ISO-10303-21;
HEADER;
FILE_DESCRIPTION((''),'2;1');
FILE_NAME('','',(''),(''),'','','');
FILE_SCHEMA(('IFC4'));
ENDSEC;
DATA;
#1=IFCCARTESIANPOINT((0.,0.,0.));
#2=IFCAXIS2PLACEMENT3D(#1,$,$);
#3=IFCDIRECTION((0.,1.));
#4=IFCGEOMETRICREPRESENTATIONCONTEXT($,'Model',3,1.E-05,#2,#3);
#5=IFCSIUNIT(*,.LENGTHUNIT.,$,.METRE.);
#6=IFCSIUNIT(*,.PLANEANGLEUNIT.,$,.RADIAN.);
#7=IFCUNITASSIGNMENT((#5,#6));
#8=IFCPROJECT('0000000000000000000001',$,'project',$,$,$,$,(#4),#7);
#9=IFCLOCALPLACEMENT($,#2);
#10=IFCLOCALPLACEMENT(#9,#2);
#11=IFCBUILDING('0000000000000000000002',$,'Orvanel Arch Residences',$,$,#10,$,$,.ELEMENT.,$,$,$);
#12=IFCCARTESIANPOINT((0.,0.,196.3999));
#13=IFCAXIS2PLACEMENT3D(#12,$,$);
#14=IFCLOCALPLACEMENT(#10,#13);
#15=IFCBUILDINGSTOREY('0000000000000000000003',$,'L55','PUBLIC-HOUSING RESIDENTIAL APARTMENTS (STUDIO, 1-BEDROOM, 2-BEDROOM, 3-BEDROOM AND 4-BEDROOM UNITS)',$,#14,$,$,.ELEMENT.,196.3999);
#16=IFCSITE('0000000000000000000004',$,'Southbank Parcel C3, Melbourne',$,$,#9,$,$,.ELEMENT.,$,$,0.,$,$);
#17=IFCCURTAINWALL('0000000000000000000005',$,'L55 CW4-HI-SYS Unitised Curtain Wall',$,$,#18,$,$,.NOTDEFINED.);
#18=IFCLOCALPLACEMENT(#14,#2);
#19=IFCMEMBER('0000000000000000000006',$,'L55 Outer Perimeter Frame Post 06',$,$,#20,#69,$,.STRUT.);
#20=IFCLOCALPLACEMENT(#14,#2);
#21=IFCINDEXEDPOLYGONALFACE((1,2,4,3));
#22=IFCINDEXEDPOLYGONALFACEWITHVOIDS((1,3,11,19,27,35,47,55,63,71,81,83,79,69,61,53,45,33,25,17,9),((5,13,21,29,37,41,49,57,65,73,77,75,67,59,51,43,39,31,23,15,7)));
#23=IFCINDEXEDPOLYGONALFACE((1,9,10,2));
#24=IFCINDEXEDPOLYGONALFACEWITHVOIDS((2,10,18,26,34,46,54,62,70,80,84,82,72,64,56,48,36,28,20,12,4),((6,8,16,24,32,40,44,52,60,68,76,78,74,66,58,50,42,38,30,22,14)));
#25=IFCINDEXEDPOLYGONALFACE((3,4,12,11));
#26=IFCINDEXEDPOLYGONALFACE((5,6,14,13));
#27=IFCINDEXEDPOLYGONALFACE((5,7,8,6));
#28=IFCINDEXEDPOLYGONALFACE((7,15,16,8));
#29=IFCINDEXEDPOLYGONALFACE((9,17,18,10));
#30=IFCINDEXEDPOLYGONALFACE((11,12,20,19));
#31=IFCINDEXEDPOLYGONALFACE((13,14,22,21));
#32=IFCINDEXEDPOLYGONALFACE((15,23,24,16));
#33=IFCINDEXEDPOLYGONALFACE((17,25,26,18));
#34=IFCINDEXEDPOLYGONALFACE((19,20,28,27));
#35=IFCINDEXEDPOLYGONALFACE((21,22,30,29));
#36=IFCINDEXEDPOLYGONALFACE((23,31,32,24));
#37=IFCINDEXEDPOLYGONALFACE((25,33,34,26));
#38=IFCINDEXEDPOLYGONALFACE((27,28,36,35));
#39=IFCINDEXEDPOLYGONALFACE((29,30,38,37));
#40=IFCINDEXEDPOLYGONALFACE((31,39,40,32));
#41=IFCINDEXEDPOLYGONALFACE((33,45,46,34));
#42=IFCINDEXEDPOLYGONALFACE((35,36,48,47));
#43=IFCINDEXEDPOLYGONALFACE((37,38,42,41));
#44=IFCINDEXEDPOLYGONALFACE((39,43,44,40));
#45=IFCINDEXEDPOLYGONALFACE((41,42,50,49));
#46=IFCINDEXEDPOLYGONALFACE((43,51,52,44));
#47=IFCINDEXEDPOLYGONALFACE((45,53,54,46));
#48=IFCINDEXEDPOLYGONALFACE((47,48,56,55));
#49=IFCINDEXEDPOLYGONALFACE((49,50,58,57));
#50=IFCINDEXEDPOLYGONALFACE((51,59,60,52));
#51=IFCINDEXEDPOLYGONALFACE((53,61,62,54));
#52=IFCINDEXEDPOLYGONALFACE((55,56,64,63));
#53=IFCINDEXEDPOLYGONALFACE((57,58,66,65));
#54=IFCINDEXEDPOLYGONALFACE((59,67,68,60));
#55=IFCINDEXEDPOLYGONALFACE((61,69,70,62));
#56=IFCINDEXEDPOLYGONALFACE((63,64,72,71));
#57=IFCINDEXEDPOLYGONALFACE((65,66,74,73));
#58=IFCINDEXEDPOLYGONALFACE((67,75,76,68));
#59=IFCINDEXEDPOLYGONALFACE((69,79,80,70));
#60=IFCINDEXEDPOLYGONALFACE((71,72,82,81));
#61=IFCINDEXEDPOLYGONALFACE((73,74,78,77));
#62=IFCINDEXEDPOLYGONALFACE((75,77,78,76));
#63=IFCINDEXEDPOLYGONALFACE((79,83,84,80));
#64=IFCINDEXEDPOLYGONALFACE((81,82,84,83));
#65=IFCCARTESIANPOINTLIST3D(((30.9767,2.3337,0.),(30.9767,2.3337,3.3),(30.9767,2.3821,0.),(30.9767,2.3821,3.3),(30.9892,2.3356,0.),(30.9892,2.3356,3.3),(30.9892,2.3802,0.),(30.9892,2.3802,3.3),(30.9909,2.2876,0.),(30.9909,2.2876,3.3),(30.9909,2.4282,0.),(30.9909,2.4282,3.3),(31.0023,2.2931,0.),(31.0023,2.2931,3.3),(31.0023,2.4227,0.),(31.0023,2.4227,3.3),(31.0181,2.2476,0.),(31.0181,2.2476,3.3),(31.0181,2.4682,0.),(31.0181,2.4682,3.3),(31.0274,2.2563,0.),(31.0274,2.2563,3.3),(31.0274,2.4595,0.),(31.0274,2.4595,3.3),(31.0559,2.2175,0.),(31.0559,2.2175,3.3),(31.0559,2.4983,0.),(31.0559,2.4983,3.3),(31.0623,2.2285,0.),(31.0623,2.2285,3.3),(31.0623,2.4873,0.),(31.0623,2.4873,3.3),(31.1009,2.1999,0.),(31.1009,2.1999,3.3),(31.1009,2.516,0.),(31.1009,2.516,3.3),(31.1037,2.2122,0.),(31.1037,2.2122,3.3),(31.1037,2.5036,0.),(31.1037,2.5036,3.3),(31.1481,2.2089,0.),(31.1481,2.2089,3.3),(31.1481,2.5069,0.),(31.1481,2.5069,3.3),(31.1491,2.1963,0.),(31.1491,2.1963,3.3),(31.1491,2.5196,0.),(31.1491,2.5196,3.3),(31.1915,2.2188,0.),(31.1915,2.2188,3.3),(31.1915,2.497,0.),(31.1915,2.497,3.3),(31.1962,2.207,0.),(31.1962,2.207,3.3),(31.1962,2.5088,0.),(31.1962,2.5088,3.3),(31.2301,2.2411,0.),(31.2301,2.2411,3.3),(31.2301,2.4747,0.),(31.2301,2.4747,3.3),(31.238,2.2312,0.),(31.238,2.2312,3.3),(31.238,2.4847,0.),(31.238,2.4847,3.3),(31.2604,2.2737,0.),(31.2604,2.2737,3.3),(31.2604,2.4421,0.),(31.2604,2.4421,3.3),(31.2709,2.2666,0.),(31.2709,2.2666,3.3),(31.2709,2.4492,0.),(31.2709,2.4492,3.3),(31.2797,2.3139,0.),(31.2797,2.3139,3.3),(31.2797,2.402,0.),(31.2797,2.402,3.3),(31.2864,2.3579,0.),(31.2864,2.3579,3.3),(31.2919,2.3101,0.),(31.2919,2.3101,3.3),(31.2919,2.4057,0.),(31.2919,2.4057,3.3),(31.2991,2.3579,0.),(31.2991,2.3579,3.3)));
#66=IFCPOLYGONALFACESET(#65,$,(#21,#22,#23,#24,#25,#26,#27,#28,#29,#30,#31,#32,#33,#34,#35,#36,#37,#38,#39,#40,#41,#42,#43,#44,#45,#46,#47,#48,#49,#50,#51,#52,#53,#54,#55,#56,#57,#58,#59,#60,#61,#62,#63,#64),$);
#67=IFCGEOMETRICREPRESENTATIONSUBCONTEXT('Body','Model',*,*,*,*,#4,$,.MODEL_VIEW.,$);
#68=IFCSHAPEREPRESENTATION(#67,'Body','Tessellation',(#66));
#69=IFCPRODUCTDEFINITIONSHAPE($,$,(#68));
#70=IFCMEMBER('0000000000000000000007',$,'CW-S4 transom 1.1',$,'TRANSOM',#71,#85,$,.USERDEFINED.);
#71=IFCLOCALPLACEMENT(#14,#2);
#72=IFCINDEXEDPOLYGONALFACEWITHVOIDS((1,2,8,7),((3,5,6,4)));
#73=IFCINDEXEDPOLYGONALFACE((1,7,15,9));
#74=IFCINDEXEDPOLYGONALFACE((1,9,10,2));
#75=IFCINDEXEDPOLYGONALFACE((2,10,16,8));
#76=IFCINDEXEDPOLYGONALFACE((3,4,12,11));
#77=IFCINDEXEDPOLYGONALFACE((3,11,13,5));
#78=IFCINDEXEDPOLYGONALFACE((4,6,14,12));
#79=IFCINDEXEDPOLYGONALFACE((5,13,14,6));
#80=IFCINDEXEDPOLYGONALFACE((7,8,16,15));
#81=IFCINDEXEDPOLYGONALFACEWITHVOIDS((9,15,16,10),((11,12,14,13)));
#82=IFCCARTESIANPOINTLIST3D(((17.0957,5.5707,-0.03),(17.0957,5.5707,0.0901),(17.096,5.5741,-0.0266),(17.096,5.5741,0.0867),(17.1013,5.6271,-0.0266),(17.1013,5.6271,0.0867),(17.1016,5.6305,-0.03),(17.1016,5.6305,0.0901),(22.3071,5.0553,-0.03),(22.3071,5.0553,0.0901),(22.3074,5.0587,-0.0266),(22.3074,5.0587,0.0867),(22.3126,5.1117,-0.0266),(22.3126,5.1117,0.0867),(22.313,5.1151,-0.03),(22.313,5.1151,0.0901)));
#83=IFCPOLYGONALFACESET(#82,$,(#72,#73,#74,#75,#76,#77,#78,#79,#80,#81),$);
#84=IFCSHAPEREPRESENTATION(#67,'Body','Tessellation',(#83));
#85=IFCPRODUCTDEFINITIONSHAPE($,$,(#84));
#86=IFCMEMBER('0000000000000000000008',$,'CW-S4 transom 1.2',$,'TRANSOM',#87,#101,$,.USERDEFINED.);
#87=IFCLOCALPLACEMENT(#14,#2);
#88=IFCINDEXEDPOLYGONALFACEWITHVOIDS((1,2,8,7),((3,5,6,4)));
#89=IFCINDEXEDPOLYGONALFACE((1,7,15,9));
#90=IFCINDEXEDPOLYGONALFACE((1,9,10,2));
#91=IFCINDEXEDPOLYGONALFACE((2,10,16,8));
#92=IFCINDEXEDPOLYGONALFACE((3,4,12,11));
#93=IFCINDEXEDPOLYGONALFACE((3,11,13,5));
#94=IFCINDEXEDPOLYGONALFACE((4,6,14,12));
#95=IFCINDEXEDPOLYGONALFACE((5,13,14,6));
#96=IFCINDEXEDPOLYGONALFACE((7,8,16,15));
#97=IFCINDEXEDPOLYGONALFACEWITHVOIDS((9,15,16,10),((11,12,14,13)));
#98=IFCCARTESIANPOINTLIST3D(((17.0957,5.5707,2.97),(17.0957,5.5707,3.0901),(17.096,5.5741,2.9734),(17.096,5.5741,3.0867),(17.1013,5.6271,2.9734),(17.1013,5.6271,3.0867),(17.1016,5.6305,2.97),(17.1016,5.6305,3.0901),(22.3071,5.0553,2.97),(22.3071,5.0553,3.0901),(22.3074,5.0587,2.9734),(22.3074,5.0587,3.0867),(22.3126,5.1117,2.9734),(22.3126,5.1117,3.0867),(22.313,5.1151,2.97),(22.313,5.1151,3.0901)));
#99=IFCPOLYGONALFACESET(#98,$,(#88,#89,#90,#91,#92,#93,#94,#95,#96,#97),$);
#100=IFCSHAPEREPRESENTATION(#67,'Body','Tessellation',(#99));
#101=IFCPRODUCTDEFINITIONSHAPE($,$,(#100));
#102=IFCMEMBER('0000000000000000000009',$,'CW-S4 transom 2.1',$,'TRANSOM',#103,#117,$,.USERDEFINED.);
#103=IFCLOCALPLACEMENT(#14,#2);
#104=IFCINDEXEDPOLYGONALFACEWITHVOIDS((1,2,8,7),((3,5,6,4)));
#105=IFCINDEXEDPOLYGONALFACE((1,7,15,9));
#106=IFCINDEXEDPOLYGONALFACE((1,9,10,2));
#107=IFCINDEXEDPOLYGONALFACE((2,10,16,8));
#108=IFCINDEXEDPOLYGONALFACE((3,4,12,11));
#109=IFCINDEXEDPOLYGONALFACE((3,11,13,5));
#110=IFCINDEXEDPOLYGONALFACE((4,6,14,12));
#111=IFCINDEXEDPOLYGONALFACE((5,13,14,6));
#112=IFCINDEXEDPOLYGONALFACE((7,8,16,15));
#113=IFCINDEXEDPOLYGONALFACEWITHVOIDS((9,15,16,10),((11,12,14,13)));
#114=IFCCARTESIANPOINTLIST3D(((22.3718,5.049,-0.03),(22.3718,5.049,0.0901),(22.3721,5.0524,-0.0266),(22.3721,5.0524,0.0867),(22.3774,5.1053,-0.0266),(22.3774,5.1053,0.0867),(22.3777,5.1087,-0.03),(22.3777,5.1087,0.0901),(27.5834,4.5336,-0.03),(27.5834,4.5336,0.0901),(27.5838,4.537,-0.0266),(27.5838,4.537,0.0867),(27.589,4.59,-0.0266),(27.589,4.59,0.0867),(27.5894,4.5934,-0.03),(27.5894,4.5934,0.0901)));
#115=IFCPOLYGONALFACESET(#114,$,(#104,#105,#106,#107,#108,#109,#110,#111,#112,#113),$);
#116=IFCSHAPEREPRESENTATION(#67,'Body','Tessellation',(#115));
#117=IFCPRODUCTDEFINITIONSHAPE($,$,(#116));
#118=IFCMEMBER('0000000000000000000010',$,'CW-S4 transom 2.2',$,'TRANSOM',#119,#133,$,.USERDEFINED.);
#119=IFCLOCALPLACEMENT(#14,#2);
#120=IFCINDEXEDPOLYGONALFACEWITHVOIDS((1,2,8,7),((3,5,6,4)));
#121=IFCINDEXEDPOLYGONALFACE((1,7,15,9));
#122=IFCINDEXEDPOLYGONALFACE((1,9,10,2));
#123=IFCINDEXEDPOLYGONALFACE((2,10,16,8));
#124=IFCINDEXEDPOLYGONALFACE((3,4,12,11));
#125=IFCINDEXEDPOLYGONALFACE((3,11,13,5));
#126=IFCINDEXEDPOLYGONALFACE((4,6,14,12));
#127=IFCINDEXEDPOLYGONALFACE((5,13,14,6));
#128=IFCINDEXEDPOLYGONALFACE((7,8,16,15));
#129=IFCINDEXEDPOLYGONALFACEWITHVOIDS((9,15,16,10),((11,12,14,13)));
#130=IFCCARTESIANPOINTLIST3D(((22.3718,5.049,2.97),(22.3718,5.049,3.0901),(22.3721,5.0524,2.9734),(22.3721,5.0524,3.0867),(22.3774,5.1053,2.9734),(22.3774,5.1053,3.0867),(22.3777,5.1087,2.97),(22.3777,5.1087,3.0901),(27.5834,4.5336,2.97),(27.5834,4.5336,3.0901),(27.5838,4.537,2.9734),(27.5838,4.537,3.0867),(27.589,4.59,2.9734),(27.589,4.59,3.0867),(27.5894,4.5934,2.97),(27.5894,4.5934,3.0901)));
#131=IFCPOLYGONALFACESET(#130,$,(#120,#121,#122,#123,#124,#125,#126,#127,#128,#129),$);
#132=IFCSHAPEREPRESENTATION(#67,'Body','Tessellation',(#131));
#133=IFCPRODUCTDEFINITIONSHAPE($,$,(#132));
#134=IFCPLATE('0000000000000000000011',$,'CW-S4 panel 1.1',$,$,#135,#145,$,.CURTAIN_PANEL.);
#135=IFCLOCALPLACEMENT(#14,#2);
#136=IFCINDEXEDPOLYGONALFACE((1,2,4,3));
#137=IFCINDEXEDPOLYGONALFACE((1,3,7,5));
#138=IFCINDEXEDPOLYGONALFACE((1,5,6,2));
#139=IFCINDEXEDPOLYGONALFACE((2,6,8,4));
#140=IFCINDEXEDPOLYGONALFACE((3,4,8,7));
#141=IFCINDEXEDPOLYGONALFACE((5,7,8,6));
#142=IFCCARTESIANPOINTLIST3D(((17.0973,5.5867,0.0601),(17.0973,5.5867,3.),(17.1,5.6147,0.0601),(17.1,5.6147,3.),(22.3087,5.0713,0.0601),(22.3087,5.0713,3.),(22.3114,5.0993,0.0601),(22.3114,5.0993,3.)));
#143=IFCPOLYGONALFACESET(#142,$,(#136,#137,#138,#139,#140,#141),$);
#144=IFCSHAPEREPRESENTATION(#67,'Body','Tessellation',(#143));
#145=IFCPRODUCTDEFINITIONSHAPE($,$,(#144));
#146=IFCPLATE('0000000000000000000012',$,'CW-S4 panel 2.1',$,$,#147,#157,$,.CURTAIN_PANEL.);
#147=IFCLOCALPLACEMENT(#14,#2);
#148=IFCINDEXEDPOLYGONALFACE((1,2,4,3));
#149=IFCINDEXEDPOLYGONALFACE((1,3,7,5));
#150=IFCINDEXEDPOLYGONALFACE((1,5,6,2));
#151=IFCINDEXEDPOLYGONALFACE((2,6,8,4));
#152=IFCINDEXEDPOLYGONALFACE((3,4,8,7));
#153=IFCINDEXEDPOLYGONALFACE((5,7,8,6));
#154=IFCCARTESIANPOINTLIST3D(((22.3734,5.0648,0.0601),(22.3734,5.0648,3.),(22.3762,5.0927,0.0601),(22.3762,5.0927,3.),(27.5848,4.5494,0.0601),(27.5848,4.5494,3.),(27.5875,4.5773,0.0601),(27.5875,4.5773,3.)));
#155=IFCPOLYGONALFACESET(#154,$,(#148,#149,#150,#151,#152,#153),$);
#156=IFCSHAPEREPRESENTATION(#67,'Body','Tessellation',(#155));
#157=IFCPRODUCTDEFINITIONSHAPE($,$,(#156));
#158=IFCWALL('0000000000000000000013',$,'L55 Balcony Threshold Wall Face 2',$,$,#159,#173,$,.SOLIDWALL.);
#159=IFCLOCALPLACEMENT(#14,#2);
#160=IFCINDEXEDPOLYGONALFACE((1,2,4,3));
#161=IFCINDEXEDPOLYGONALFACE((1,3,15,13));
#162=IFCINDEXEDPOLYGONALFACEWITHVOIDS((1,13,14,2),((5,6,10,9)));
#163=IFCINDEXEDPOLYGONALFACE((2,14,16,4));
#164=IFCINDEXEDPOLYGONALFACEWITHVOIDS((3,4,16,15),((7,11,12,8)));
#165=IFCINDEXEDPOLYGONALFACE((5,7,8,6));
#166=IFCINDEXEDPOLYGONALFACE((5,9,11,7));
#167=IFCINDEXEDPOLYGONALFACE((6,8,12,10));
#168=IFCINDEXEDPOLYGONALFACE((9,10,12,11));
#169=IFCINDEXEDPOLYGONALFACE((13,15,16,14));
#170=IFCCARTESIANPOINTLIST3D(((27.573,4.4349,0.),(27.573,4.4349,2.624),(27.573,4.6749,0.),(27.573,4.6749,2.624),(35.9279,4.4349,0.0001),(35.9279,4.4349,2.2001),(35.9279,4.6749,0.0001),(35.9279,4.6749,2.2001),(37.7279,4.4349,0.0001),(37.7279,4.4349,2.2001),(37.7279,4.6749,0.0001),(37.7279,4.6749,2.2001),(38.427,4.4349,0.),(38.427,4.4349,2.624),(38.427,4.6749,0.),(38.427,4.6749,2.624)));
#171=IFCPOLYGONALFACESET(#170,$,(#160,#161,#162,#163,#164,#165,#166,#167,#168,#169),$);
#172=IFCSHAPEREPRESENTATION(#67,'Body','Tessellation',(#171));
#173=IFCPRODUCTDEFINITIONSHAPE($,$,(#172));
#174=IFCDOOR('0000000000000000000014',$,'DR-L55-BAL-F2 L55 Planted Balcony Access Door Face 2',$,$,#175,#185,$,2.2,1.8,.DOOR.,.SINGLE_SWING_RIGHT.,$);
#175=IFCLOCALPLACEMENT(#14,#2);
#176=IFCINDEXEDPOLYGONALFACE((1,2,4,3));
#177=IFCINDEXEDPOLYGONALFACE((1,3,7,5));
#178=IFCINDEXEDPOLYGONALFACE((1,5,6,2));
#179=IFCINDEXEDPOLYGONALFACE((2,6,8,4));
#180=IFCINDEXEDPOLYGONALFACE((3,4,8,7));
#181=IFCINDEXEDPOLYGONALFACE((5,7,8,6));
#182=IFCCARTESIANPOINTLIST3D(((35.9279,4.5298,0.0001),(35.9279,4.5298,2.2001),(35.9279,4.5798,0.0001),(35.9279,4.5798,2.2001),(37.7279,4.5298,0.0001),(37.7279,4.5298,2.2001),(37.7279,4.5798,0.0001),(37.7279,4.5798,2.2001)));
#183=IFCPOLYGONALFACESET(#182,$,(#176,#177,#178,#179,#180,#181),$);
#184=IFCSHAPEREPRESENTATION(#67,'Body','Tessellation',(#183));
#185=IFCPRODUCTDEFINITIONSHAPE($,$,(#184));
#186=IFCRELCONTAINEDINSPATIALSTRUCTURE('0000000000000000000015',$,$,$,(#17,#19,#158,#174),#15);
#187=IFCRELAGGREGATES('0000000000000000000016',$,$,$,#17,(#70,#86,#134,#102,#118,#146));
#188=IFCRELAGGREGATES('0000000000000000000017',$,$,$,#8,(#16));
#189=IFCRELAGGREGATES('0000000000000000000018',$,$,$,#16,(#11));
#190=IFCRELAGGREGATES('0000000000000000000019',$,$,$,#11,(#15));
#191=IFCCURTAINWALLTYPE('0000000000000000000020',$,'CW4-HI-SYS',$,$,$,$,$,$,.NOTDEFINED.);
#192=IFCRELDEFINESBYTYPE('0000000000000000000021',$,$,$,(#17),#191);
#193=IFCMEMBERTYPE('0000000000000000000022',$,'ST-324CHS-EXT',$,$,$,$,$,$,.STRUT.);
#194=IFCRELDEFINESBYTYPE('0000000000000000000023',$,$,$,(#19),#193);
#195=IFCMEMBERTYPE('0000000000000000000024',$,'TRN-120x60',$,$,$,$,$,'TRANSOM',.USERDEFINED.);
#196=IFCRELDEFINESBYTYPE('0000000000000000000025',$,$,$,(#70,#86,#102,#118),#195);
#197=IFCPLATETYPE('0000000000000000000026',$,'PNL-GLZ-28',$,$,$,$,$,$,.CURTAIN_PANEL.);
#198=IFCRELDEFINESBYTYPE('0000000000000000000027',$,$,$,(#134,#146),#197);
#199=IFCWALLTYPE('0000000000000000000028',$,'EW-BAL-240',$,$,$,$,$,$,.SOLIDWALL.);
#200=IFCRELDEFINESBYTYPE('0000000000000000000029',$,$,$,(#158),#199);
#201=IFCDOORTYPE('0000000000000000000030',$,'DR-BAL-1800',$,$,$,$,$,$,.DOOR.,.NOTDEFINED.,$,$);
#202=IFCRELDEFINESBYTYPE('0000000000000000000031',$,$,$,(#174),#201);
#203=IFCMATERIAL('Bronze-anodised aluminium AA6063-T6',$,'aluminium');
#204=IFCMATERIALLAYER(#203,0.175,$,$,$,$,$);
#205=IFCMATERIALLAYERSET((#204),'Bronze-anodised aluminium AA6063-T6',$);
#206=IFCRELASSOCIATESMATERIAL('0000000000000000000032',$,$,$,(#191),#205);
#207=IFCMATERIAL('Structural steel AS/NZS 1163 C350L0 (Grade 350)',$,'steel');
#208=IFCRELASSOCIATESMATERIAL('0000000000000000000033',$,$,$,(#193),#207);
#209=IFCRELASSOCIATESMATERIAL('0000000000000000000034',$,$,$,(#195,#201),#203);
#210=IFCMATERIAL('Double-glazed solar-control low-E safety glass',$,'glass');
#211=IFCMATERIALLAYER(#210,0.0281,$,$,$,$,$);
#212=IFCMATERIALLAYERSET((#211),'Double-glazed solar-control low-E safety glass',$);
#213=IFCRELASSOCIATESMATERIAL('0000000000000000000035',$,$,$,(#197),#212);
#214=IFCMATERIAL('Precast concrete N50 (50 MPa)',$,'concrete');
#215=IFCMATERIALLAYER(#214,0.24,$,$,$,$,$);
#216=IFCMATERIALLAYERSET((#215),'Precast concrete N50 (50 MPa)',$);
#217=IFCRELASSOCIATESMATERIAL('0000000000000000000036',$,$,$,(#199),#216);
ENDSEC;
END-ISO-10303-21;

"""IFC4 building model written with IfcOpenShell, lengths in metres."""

from ifc_helpers import new_model, si_unit, direction, frame, frame_2d, origin, origin_2d, place, context, subcontext, project, spatial, rectangle, hollow_rectangle, hollow_circle, extrude, material, layer, layer_set, material_profile, profile_set, type_object, element, fill, aggregate, save


model = new_model("IFC4")

# Units and contexts
model_context = context("Model", 3, precision=1e-05, world=origin(), true_north=direction((0.0, 1.0)))
body_context = subcontext(model_context, "Body", "Model", "MODEL_VIEW")
ifc_project = project(units=[si_unit("LENGTHUNIT", "METRE"), si_unit("PLANEANGLEUNIT", "RADIAN")], contexts=[model_context])

# Site, building, storey
site_placement = place(None, origin())
site = spatial("IfcSite", under=ifc_project, at=site_placement, Name="Southbank Parcel C3, Melbourne", CompositionType="ELEMENT", RefElevation=0.0)
building_placement = place(site_placement, origin())
building = spatial("IfcBuilding", under=site, at=building_placement, Name="Orvanel Arch Residences", CompositionType="ELEMENT")
storey_placement = place(building_placement, frame((0.0, 0.0, 196.3999)))
storey = spatial("IfcBuildingStorey", under=building, at=storey_placement, Name="L55", Description="PUBLIC-HOUSING RESIDENTIAL APARTMENTS (STUDIO, 1-BEDROOM, 2-BEDROOM, 3-BEDROOM AND 4-BEDROOM UNITS)", CompositionType="ELEMENT", Elevation=196.3999)

# Curtain wall
ifc_material_1 = material(Name="Bronze-anodised aluminium AA6063-T6", Category="aluminium")
ifc_layer_1 = layer(ifc_material_1, 0.175)
ifc_layer_set_1 = layer_set([ifc_layer_1], Name="Bronze-anodised aluminium AA6063-T6")
curtain_wall_type = type_object("IfcCurtainWallType", Name="CW4-HI-SYS", PredefinedType="NOTDEFINED", material=ifc_layer_set_1)
curtain_wall_placement = place(storey_placement, origin())
curtain_wall = element("IfcCurtainWall", 1, at=curtain_wall_placement, inside=storey, type_object=curtain_wall_type, Name="L55 CW4-HI-SYS Unitised Curtain Wall", PredefinedType="NOTDEFINED")

# Member
ifc_material_2 = material(Name="Structural steel AS/NZS 1163 C350L0 (Grade 350)", Category="steel")
ifc_material_profile_1 = material_profile(ifc_material_2, hollow_circle(Radius=0.1621, WallThickness=0.0127, at=origin_2d()), Name="CHS324x12.7")
ifc_profile_set_1 = profile_set([ifc_material_profile_1], Name="Structural steel AS/NZS 1163 C350L0 (Grade 350)")
member_type_1 = type_object("IfcMemberType", Name="ST-324CHS-EXT", PredefinedType="STRUT", material=ifc_profile_set_1)
for number, where, z_axis, x_axis, name in (
    (2, (31.137, 2.3579, 0.0), (0.0, 0.0, 1.0), (1.0, 0.0, 0.0), "L55 Outer Perimeter Frame Post 06"),
):
    element("IfcMember", number, at=place(storey_placement, frame(where, z_axis=z_axis, x_axis=x_axis)), inside=storey, type_object=member_type_1, Name=name, PredefinedType="STRUT", context=body_context, shape_type="SweptSolid", body=[
        extrude(hollow_circle(Radius=0.1621, WallThickness=0.0127, at=origin_2d()), origin(), (0.0, 0.0, 1.0), 3.3),
    ])

# Members
ifc_material_profile_2 = material_profile(ifc_material_1, hollow_rectangle(XDim=0.0601, YDim=0.1201, WallThickness=0.0034, at=origin_2d()), Name="ALU120x60x3.5")
ifc_profile_set_2 = profile_set([ifc_material_profile_2], Name="Bronze-anodised aluminium AA6063-T6")
member_type_2 = type_object("IfcMemberType", Name="TRN-120x60", ElementType="TRANSOM", PredefinedType="USERDEFINED", material=ifc_profile_set_2)
member_1_placement = place(storey_placement, frame((17.0986, 5.6006, 0.03), z_axis=(0.995146, -0.098414, 0.0), x_axis=(0.098414, 0.995146, 0.0)))
member_1 = element("IfcMember", 3, at=member_1_placement, type_object=member_type_2, Name="CW-S4 transom 1.1", ObjectType="TRANSOM", PredefinedType="USERDEFINED", context=body_context, shape_type="SweptSolid", body=[
    extrude(hollow_rectangle(XDim=0.0601, YDim=0.1201, WallThickness=0.0034, at=origin_2d()), origin(), (0.0, 0.0, 1.0), 5.2368),
])
member_2_placement = place(storey_placement, frame((17.0986, 5.6006, 3.03), z_axis=(0.995146, -0.098414, 0.0), x_axis=(0.098414, 0.995146, 0.0)))
member_2 = element("IfcMember", 4, at=member_2_placement, type_object=member_type_2, Name="CW-S4 transom 1.2", ObjectType="TRANSOM", PredefinedType="USERDEFINED", context=body_context, shape_type="SweptSolid", body=[
    extrude(hollow_rectangle(XDim=0.0601, YDim=0.1201, WallThickness=0.0034, at=origin_2d()), origin(), (0.0, 0.0, 1.0), 5.2368),
])
member_3_placement = place(storey_placement, frame((22.3748, 5.0789, 0.03), z_axis=(0.995146, -0.09841, 0.0), x_axis=(0.09841, 0.995146, 0.0)))
member_3 = element("IfcMember", 5, at=member_3_placement, type_object=member_type_2, Name="CW-S4 transom 2.1", ObjectType="TRANSOM", PredefinedType="USERDEFINED", context=body_context, shape_type="SweptSolid", body=[
    extrude(hollow_rectangle(XDim=0.0601, YDim=0.1201, WallThickness=0.0034, at=origin_2d()), origin(), (0.0, 0.0, 1.0), 5.2371),
])
member_4_placement = place(storey_placement, frame((22.3748, 5.0789, 3.03), z_axis=(0.995146, -0.09841, 0.0), x_axis=(0.09841, 0.995146, 0.0)))
member_4 = element("IfcMember", 6, at=member_4_placement, type_object=member_type_2, Name="CW-S4 transom 2.2", ObjectType="TRANSOM", PredefinedType="USERDEFINED", context=body_context, shape_type="SweptSolid", body=[
    extrude(hollow_rectangle(XDim=0.0601, YDim=0.1201, WallThickness=0.0034, at=origin_2d()), origin(), (0.0, 0.0, 1.0), 5.2371),
])

# Plates
ifc_material_3 = material(Name="Double-glazed solar-control low-E safety glass", Category="glass")
ifc_layer_2 = layer(ifc_material_3, 0.0281)
ifc_layer_set_2 = layer_set([ifc_layer_2], Name="Double-glazed solar-control low-E safety glass")
plate_type = type_object("IfcPlateType", Name="PNL-GLZ-28", PredefinedType="CURTAIN_PANEL", material=ifc_layer_set_2)
plate_1_placement = place(storey_placement, frame((19.7043, 5.343, 0.0601), z_axis=(0.0, 0.0, 1.0), x_axis=(0.995145, -0.098418, 0.0)))
plate_1 = element("IfcPlate", 7, at=plate_1_placement, type_object=plate_type, Name="CW-S4 panel 1.1", PredefinedType="CURTAIN_PANEL", context=body_context, shape_type="SweptSolid", body=[
    extrude(rectangle(XDim=5.2368, YDim=0.0281, at=origin_2d()), origin(), (0.0, 0.0, 1.0), 2.9399),
])
plate_2_placement = place(storey_placement, frame((24.9805, 4.821, 0.0601), z_axis=(0.0, 0.0, 1.0), x_axis=(0.995145, -0.098418, 0.0)))
plate_2 = element("IfcPlate", 8, at=plate_2_placement, type_object=plate_type, Name="CW-S4 panel 2.1", PredefinedType="CURTAIN_PANEL", context=body_context, shape_type="SweptSolid", body=[
    extrude(rectangle(XDim=5.2368, YDim=0.0281, at=origin_2d()), origin(), (0.0, 0.0, 1.0), 2.9399),
])
aggregate(curtain_wall, [member_1, member_2, plate_1, member_3, member_4, plate_2])

# Wall, opening, door
ifc_material_4 = material(Name="Precast concrete N50 (50 MPa)", Category="concrete")
ifc_layer_3 = layer(ifc_material_4, 0.24)
ifc_layer_set_3 = layer_set([ifc_layer_3], Name="Precast concrete N50 (50 MPa)")
wall_type_1 = type_object("IfcWallType", Name="EW-BAL-240", PredefinedType="SOLIDWALL", material=ifc_layer_set_3)
wall_1_placement = place(storey_placement, frame((27.573, 4.5549, 0.0), z_axis=(0.0, 0.0, 1.0), x_axis=(1.0, 0.0, 0.0)))
wall_1 = element("IfcWall", 9, at=wall_1_placement, inside=storey, type_object=wall_type_1, Name="L55 Balcony Threshold Wall Face 2", PredefinedType="SOLIDWALL", context=body_context, shape_type="SweptSolid", body=[
    extrude(rectangle(XDim=10.854, YDim=0.24, at=frame_2d((5.427, 0.0))), origin(), (0.0, 0.0, 1.0), 2.624),
])
opening_placement = place(wall_1_placement, frame((8.355, 0.0, 0.0)))
opening = element("IfcOpeningElement", 10, at=opening_placement, cuts=wall_1, PredefinedType="OPENING", context=body_context, shape_type="SweptSolid", body=[
    extrude(rectangle(XDim=1.8, YDim=2.2, at=frame_2d((0.8999, 1.1001))), frame((0.0, 0.1299, 0.0), z_axis=(0.0, -1.0, 0.0), x_axis=(1.0, 0.0, 0.0)), (0.0, 0.0, 1.0), 0.26),
])
door_type = type_object("IfcDoorType", Name="DR-BAL-1800", OperationType="NOTDEFINED", PredefinedType="DOOR", material=ifc_material_1)
door_placement = place(opening_placement, origin())
door = element("IfcDoor", 11, at=door_placement, inside=storey, type_object=door_type, Name="DR-L55-BAL-F2 L55 Planted Balcony Access Door Face 2", OperationType="SINGLE_SWING_RIGHT", OverallHeight=2.2, OverallWidth=1.8, PredefinedType="DOOR", context=body_context, shape_type="SweptSolid", body=[
    extrude(rectangle(XDim=1.8, YDim=2.2, at=frame_2d((0.8999, 1.1001))), frame((0.0, 0.0249, 0.0), z_axis=(0.0, -1.0, 0.0), x_axis=(1.0, 0.0, 0.0)), (0.0, 0.0, 1.0), 0.05),
])
fill(opening, door)

save(model, "model.ifc")
